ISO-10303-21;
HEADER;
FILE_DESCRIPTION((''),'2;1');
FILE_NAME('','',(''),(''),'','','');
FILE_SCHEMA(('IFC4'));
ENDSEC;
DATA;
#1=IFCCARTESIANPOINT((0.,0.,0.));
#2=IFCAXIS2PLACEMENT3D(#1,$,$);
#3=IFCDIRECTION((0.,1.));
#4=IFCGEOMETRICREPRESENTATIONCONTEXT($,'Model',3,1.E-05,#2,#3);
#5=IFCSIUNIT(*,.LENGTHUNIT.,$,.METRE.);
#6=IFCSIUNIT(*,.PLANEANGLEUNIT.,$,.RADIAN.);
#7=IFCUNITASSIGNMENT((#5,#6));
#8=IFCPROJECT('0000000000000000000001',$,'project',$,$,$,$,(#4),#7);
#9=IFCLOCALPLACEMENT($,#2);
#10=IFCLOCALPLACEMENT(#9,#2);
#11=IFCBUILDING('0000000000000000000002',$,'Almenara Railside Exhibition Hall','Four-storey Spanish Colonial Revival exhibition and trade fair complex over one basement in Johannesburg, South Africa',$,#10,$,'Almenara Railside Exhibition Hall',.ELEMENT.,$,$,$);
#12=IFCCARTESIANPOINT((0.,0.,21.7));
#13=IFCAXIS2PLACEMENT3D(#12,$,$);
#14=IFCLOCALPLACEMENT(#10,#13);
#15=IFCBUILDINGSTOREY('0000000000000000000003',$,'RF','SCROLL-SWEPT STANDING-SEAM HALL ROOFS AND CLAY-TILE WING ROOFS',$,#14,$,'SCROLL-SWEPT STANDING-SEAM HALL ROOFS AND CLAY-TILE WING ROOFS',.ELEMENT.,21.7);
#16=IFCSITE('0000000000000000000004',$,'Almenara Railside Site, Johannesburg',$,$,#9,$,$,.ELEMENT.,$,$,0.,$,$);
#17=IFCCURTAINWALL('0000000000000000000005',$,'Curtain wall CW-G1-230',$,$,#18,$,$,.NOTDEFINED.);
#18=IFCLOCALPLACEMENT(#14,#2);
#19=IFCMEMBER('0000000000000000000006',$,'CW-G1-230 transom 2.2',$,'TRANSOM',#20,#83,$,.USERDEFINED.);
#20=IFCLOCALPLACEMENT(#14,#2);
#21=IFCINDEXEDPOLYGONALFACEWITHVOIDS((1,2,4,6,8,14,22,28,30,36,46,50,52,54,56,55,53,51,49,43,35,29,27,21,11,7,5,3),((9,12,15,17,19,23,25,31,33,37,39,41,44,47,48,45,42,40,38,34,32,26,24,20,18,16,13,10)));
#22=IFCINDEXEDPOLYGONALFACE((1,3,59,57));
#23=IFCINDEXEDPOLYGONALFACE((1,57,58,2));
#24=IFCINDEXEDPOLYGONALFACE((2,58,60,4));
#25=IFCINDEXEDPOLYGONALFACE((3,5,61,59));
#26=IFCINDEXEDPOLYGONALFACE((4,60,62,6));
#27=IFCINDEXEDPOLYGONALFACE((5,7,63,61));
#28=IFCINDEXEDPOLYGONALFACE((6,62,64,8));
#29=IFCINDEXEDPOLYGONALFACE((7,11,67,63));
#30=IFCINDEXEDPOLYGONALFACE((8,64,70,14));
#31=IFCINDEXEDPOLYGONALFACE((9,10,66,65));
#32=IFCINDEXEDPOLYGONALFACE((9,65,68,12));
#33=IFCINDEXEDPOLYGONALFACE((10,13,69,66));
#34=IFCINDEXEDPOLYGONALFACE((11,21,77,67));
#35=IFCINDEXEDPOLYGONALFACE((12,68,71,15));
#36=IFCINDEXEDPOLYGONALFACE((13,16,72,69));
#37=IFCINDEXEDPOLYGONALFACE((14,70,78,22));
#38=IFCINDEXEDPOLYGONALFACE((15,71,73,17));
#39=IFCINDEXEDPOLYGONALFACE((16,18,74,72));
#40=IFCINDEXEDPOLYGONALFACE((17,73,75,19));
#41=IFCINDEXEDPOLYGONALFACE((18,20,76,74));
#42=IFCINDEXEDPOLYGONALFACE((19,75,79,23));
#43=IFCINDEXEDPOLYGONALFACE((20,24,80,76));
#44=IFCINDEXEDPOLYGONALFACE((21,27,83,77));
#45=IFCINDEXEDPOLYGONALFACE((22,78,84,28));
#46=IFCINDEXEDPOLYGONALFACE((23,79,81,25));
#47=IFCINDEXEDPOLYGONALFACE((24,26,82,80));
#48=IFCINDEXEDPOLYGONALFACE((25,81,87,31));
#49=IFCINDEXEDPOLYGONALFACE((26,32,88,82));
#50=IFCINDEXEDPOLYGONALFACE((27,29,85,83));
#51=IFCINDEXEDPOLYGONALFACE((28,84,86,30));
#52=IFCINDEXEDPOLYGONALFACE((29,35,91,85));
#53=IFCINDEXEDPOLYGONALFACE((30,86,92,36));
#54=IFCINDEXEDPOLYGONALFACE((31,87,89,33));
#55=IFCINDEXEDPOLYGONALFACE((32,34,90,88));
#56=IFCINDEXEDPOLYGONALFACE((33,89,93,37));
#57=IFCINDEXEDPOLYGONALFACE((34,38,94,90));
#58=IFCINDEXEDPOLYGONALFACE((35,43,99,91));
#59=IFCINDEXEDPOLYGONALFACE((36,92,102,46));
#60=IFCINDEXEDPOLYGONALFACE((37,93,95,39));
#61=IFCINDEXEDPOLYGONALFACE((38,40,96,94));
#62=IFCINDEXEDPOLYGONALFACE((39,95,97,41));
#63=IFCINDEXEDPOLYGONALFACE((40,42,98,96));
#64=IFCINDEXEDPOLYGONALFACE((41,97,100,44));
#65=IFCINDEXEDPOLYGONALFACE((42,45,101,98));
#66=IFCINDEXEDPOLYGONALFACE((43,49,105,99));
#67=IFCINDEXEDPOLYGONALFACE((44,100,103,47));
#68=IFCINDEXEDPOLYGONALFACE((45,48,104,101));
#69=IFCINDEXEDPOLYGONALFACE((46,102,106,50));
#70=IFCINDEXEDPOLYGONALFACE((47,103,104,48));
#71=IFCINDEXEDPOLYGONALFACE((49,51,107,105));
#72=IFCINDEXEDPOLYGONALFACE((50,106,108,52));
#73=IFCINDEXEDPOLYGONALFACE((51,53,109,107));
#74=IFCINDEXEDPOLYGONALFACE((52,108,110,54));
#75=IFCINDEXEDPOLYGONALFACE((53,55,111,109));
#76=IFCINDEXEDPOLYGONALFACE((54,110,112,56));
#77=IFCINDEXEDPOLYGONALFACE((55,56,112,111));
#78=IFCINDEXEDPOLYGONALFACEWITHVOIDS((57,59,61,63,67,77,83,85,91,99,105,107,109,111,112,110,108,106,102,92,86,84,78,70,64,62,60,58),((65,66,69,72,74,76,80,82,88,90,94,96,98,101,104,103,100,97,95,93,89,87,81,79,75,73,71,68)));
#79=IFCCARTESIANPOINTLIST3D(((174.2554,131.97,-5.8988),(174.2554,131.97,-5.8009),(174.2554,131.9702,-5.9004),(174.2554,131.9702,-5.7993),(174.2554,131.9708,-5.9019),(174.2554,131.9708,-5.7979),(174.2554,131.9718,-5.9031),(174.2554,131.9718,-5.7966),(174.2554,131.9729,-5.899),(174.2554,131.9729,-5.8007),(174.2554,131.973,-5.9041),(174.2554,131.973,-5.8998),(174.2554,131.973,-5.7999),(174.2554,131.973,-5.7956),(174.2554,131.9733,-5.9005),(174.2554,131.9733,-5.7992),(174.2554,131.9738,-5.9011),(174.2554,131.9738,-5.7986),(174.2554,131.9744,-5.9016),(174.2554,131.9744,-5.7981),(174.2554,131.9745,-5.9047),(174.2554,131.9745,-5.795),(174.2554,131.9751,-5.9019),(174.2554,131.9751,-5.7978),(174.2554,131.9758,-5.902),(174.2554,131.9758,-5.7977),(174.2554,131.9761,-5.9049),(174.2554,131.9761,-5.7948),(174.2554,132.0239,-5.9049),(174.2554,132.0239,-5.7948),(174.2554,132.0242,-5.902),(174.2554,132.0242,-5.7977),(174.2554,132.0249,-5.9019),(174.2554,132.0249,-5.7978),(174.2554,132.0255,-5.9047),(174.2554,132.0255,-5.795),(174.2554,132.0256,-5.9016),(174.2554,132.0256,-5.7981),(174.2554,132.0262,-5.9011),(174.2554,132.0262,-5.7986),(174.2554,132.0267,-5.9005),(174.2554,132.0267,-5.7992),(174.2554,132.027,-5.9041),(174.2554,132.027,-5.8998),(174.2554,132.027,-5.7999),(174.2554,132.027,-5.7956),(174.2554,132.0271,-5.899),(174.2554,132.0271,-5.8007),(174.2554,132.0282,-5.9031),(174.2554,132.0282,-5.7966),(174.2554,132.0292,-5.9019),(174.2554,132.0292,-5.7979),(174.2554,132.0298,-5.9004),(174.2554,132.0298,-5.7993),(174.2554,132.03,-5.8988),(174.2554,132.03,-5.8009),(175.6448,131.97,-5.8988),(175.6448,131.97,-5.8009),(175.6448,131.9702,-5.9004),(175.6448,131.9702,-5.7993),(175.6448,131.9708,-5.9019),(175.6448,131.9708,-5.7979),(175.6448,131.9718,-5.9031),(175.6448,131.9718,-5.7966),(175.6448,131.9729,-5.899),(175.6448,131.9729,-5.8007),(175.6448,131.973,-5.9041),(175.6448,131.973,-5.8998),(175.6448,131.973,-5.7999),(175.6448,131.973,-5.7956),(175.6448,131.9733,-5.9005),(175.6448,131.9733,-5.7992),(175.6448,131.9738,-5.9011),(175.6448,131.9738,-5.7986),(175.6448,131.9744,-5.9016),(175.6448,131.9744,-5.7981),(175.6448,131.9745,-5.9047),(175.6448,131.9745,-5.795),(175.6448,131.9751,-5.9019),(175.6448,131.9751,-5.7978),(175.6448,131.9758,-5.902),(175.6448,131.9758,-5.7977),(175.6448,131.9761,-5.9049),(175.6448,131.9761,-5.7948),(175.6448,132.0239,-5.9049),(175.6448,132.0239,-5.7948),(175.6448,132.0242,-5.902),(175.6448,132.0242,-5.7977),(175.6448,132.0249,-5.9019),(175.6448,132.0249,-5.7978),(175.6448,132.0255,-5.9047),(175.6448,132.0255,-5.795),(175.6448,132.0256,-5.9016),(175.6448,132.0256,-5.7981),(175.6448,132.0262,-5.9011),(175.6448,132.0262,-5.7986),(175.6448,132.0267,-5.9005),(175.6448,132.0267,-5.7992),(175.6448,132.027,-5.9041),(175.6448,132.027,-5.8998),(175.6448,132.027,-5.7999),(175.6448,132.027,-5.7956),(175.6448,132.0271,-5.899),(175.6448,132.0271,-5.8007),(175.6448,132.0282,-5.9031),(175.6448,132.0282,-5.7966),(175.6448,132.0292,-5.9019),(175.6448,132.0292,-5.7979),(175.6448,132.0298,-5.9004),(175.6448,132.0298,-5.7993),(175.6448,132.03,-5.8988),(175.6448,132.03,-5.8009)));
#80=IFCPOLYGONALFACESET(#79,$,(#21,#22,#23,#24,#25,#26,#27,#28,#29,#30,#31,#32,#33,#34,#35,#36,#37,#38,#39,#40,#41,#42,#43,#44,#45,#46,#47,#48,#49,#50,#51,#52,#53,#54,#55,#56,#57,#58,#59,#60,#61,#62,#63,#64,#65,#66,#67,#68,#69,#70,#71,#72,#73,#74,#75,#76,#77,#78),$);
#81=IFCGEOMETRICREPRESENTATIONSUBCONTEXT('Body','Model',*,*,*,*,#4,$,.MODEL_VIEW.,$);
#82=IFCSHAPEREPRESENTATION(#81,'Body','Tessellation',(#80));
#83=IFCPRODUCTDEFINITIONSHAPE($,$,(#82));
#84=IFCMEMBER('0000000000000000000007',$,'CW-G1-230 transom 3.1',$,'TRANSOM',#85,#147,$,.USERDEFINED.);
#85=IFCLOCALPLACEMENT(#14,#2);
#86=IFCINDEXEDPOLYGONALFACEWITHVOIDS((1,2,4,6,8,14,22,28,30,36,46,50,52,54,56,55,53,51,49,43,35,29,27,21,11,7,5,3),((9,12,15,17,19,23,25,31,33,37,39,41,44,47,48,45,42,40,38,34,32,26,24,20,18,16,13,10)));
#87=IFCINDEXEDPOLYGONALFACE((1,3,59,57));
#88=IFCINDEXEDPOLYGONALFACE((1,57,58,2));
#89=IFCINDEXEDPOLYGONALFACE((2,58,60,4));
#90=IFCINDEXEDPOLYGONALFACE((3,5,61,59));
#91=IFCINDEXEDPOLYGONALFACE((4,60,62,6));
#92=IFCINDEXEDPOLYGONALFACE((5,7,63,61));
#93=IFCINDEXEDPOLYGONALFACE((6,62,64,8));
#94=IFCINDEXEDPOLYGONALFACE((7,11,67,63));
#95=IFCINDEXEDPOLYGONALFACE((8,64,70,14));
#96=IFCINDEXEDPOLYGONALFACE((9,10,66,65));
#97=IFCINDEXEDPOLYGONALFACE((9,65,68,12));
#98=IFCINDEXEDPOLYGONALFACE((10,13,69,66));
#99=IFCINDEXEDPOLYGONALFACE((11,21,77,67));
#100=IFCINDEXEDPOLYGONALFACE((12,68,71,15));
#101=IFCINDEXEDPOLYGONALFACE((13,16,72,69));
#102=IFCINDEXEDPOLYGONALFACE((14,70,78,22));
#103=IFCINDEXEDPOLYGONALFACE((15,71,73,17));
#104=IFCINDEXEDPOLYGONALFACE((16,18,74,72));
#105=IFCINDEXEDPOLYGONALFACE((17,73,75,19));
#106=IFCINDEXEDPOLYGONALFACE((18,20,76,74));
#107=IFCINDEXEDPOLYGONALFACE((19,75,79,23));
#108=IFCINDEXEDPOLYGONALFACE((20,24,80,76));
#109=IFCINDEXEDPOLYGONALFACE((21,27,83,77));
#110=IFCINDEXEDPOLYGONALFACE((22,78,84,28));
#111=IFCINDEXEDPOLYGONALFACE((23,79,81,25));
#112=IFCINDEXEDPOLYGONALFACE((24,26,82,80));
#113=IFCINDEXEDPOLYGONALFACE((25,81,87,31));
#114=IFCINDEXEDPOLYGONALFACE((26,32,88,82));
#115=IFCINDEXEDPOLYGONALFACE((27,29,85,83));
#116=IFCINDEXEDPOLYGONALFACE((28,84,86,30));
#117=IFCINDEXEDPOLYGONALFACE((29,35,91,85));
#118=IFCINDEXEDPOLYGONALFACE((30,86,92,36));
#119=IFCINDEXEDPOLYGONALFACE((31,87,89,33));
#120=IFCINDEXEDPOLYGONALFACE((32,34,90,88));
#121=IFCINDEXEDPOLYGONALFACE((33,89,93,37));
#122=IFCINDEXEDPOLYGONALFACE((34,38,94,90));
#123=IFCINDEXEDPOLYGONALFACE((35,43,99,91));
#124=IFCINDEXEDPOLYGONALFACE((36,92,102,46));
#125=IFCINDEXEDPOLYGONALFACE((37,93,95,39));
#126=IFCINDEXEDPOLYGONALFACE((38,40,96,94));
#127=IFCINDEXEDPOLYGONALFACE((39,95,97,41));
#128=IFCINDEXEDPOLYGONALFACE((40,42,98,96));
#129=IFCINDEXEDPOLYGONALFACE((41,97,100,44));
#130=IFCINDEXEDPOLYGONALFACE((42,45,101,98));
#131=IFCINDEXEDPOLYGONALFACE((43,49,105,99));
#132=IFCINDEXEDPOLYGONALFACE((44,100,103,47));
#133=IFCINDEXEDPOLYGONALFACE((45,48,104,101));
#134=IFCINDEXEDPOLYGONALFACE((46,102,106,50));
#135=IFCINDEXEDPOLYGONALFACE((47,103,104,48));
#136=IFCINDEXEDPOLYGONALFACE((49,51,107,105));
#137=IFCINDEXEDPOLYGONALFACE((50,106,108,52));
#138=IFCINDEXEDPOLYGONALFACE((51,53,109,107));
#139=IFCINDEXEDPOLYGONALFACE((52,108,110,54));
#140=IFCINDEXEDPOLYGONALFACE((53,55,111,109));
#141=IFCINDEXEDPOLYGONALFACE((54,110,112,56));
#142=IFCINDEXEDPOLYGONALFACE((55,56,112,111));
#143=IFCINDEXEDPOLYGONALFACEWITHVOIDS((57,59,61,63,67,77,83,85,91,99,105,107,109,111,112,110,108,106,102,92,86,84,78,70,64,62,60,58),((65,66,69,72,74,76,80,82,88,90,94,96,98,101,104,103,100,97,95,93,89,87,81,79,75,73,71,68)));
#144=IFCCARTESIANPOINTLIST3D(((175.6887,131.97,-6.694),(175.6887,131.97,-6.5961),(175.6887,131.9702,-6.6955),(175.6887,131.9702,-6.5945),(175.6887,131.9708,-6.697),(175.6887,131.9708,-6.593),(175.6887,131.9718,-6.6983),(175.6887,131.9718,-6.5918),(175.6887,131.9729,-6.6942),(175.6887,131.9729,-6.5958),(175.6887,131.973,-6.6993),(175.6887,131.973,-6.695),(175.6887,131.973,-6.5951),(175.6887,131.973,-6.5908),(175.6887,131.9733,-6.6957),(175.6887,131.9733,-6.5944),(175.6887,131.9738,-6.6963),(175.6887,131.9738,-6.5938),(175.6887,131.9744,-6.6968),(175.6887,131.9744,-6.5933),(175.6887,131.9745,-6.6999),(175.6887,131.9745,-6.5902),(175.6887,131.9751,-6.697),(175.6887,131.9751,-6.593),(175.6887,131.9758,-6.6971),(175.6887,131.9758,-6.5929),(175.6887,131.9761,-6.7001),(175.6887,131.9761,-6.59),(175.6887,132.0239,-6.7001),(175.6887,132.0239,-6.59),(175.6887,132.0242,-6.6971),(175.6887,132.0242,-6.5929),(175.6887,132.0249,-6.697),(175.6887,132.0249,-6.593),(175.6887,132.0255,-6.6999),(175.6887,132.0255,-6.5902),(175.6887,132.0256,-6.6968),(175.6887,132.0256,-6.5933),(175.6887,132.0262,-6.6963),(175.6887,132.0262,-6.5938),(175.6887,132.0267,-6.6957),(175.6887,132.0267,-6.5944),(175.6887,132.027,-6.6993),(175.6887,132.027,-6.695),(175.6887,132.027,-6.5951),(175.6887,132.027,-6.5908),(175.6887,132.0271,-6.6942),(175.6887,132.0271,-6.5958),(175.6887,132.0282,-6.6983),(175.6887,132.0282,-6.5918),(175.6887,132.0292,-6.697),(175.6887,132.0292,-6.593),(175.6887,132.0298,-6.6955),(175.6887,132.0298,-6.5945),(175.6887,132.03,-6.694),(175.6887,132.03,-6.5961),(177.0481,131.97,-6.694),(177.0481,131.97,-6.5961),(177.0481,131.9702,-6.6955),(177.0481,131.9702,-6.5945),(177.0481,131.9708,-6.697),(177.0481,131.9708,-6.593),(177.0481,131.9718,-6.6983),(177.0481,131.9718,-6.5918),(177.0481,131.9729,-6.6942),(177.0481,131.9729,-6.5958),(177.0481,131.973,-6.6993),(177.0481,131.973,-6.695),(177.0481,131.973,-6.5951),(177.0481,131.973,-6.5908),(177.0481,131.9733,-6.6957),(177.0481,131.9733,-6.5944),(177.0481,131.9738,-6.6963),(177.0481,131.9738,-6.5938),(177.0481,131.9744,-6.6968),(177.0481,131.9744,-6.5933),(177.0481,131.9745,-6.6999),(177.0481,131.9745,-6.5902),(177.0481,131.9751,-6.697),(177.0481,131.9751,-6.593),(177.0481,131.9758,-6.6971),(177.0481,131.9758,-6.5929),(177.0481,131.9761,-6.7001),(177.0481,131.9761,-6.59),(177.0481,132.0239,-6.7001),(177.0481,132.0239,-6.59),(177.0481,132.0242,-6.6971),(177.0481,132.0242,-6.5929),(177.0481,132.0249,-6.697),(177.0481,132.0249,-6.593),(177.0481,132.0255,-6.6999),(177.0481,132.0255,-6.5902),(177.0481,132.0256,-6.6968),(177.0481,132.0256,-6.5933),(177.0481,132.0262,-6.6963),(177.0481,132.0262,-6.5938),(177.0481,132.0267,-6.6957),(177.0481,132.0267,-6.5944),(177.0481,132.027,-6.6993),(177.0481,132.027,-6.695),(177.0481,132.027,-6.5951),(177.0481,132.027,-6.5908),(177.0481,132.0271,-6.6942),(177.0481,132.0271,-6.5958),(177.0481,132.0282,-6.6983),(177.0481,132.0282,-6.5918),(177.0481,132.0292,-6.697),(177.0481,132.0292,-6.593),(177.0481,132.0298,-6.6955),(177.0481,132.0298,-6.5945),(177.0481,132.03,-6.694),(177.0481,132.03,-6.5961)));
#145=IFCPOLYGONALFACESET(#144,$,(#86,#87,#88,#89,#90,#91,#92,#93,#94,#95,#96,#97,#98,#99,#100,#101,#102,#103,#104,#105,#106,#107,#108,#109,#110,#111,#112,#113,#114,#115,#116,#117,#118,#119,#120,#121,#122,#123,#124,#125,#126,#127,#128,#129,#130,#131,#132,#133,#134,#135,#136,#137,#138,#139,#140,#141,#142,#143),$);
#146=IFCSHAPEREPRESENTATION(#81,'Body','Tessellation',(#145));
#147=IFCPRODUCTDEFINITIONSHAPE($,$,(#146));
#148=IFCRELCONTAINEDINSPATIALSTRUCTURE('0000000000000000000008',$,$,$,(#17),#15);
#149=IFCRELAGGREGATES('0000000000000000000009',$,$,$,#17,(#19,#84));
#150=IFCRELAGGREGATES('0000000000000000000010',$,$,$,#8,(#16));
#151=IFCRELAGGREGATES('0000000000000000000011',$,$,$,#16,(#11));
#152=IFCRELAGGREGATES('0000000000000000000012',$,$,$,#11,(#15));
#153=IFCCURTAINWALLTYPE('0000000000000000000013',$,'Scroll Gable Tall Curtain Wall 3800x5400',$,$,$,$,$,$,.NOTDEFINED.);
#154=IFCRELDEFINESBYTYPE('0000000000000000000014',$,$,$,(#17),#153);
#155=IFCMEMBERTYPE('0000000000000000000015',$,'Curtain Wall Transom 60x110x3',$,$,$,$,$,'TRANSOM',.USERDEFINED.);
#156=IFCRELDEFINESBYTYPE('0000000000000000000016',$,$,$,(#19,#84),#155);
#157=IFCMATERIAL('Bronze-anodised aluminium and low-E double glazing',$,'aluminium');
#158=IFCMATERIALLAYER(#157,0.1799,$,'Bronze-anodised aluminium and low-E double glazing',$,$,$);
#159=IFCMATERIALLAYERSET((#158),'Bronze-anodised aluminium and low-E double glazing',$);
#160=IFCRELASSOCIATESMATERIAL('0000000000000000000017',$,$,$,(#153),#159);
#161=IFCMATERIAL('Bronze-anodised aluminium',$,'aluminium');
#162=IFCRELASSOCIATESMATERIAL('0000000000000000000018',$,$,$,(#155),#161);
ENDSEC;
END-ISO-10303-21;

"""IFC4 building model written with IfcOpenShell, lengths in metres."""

from ifc_helpers import new_model, si_unit, direction, frame, origin, origin_2d, place, context, subcontext, project, spatial, hollow_rectangle, extrude, material, layer, layer_set, material_profile, profile_set, type_object, element, aggregate, save


model = new_model("IFC4")

# Units and contexts
model_context = context("Model", 3, precision=1e-05, world=origin(), true_north=direction((0.0, 1.0)))
body_context = subcontext(model_context, "Body", "Model", "MODEL_VIEW")
ifc_project = project(units=[si_unit("LENGTHUNIT", "METRE"), si_unit("PLANEANGLEUNIT", "RADIAN")], contexts=[model_context])

# Site, building, storey
site_placement = place(None, origin())
site = spatial("IfcSite", under=ifc_project, at=site_placement, Name="Almenara Railside Site, Johannesburg", CompositionType="ELEMENT", RefElevation=0.0)
building_placement = place(site_placement, origin())
building = spatial("IfcBuilding", under=site, at=building_placement, Name="Almenara Railside Exhibition Hall", Description="Four-storey Spanish Colonial Revival exhibition and trade fair complex over one basement in Johannesburg, South Africa", LongName="Almenara Railside Exhibition Hall", CompositionType="ELEMENT")
storey_placement = place(building_placement, frame((0.0, 0.0, 21.7)))
storey = spatial("IfcBuildingStorey", under=building, at=storey_placement, Name="RF", Description="SCROLL-SWEPT STANDING-SEAM HALL ROOFS AND CLAY-TILE WING ROOFS", LongName="SCROLL-SWEPT STANDING-SEAM HALL ROOFS AND CLAY-TILE WING ROOFS", CompositionType="ELEMENT", Elevation=21.7)

# Curtain wall
ifc_material_1 = material(Name="Bronze-anodised aluminium and low-E double glazing", Category="aluminium")
ifc_layer_1 = layer(ifc_material_1, 0.1799, Name="Bronze-anodised aluminium and low-E double glazing")
ifc_layer_set_1 = layer_set([ifc_layer_1], Name="Bronze-anodised aluminium and low-E double glazing")
curtain_wall_type = type_object("IfcCurtainWallType", Name="Scroll Gable Tall Curtain Wall 3800x5400", PredefinedType="NOTDEFINED", material=ifc_layer_set_1)
ifc_material_2 = material(Name="Bronze-anodised aluminium", Category="aluminium")
curtain_wall_1_placement = place(storey_placement, origin())
curtain_wall_1 = element("IfcCurtainWall", 1, at=curtain_wall_1_placement, inside=storey, type_object=curtain_wall_type, Name="Curtain wall CW-G1-230", PredefinedType="NOTDEFINED")

# Members
ifc_material_profile_1 = material_profile(ifc_material_2, hollow_rectangle(XDim=0.0601, YDim=0.1101, WallThickness=0.0029, InnerFilletRadius=0.0029, OuterFilletRadius=0.0061, at=origin_2d()), Name="ALU-TRN 60x110x3")
ifc_profile_set_1 = profile_set([ifc_material_profile_1], Name="Bronze-anodised aluminium")
member_type_1 = type_object("IfcMemberType", Name="Curtain Wall Transom 60x110x3", ElementType="TRANSOM", PredefinedType="USERDEFINED", material=ifc_profile_set_1)
member_1_placement = place(storey_placement, frame((174.2554, 132.0, -5.8499), z_axis=(1.0, 0.0, 0.0), x_axis=(0.0, 1.0, 0.0)))
member_1 = element("IfcMember", 2, at=member_1_placement, type_object=member_type_1, Name="CW-G1-230 transom 2.2", ObjectType="TRANSOM", PredefinedType="USERDEFINED", context=body_context, shape_type="SweptSolid", body=[
    extrude(hollow_rectangle(XDim=0.0601, YDim=0.1101, WallThickness=0.0029, InnerFilletRadius=0.0029, OuterFilletRadius=0.0061, at=origin_2d()), origin(), (0.0, 0.0, 1.0), 1.3894),
])
member_2_placement = place(storey_placement, frame((175.6887, 132.0, -6.645), z_axis=(1.0, 0.0, 0.0), x_axis=(0.0, 1.0, 0.0)))
member_2 = element("IfcMember", 3, at=member_2_placement, type_object=member_type_1, Name="CW-G1-230 transom 3.1", ObjectType="TRANSOM", PredefinedType="USERDEFINED", context=body_context, shape_type="SweptSolid", body=[
    extrude(hollow_rectangle(XDim=0.0601, YDim=0.1101, WallThickness=0.0029, InnerFilletRadius=0.0029, OuterFilletRadius=0.0061, at=origin_2d()), origin(), (0.0, 0.0, 1.0), 1.3594),
])

aggregate(curtain_wall_1, [member_1, member_2])

save(model, "model.ifc")
